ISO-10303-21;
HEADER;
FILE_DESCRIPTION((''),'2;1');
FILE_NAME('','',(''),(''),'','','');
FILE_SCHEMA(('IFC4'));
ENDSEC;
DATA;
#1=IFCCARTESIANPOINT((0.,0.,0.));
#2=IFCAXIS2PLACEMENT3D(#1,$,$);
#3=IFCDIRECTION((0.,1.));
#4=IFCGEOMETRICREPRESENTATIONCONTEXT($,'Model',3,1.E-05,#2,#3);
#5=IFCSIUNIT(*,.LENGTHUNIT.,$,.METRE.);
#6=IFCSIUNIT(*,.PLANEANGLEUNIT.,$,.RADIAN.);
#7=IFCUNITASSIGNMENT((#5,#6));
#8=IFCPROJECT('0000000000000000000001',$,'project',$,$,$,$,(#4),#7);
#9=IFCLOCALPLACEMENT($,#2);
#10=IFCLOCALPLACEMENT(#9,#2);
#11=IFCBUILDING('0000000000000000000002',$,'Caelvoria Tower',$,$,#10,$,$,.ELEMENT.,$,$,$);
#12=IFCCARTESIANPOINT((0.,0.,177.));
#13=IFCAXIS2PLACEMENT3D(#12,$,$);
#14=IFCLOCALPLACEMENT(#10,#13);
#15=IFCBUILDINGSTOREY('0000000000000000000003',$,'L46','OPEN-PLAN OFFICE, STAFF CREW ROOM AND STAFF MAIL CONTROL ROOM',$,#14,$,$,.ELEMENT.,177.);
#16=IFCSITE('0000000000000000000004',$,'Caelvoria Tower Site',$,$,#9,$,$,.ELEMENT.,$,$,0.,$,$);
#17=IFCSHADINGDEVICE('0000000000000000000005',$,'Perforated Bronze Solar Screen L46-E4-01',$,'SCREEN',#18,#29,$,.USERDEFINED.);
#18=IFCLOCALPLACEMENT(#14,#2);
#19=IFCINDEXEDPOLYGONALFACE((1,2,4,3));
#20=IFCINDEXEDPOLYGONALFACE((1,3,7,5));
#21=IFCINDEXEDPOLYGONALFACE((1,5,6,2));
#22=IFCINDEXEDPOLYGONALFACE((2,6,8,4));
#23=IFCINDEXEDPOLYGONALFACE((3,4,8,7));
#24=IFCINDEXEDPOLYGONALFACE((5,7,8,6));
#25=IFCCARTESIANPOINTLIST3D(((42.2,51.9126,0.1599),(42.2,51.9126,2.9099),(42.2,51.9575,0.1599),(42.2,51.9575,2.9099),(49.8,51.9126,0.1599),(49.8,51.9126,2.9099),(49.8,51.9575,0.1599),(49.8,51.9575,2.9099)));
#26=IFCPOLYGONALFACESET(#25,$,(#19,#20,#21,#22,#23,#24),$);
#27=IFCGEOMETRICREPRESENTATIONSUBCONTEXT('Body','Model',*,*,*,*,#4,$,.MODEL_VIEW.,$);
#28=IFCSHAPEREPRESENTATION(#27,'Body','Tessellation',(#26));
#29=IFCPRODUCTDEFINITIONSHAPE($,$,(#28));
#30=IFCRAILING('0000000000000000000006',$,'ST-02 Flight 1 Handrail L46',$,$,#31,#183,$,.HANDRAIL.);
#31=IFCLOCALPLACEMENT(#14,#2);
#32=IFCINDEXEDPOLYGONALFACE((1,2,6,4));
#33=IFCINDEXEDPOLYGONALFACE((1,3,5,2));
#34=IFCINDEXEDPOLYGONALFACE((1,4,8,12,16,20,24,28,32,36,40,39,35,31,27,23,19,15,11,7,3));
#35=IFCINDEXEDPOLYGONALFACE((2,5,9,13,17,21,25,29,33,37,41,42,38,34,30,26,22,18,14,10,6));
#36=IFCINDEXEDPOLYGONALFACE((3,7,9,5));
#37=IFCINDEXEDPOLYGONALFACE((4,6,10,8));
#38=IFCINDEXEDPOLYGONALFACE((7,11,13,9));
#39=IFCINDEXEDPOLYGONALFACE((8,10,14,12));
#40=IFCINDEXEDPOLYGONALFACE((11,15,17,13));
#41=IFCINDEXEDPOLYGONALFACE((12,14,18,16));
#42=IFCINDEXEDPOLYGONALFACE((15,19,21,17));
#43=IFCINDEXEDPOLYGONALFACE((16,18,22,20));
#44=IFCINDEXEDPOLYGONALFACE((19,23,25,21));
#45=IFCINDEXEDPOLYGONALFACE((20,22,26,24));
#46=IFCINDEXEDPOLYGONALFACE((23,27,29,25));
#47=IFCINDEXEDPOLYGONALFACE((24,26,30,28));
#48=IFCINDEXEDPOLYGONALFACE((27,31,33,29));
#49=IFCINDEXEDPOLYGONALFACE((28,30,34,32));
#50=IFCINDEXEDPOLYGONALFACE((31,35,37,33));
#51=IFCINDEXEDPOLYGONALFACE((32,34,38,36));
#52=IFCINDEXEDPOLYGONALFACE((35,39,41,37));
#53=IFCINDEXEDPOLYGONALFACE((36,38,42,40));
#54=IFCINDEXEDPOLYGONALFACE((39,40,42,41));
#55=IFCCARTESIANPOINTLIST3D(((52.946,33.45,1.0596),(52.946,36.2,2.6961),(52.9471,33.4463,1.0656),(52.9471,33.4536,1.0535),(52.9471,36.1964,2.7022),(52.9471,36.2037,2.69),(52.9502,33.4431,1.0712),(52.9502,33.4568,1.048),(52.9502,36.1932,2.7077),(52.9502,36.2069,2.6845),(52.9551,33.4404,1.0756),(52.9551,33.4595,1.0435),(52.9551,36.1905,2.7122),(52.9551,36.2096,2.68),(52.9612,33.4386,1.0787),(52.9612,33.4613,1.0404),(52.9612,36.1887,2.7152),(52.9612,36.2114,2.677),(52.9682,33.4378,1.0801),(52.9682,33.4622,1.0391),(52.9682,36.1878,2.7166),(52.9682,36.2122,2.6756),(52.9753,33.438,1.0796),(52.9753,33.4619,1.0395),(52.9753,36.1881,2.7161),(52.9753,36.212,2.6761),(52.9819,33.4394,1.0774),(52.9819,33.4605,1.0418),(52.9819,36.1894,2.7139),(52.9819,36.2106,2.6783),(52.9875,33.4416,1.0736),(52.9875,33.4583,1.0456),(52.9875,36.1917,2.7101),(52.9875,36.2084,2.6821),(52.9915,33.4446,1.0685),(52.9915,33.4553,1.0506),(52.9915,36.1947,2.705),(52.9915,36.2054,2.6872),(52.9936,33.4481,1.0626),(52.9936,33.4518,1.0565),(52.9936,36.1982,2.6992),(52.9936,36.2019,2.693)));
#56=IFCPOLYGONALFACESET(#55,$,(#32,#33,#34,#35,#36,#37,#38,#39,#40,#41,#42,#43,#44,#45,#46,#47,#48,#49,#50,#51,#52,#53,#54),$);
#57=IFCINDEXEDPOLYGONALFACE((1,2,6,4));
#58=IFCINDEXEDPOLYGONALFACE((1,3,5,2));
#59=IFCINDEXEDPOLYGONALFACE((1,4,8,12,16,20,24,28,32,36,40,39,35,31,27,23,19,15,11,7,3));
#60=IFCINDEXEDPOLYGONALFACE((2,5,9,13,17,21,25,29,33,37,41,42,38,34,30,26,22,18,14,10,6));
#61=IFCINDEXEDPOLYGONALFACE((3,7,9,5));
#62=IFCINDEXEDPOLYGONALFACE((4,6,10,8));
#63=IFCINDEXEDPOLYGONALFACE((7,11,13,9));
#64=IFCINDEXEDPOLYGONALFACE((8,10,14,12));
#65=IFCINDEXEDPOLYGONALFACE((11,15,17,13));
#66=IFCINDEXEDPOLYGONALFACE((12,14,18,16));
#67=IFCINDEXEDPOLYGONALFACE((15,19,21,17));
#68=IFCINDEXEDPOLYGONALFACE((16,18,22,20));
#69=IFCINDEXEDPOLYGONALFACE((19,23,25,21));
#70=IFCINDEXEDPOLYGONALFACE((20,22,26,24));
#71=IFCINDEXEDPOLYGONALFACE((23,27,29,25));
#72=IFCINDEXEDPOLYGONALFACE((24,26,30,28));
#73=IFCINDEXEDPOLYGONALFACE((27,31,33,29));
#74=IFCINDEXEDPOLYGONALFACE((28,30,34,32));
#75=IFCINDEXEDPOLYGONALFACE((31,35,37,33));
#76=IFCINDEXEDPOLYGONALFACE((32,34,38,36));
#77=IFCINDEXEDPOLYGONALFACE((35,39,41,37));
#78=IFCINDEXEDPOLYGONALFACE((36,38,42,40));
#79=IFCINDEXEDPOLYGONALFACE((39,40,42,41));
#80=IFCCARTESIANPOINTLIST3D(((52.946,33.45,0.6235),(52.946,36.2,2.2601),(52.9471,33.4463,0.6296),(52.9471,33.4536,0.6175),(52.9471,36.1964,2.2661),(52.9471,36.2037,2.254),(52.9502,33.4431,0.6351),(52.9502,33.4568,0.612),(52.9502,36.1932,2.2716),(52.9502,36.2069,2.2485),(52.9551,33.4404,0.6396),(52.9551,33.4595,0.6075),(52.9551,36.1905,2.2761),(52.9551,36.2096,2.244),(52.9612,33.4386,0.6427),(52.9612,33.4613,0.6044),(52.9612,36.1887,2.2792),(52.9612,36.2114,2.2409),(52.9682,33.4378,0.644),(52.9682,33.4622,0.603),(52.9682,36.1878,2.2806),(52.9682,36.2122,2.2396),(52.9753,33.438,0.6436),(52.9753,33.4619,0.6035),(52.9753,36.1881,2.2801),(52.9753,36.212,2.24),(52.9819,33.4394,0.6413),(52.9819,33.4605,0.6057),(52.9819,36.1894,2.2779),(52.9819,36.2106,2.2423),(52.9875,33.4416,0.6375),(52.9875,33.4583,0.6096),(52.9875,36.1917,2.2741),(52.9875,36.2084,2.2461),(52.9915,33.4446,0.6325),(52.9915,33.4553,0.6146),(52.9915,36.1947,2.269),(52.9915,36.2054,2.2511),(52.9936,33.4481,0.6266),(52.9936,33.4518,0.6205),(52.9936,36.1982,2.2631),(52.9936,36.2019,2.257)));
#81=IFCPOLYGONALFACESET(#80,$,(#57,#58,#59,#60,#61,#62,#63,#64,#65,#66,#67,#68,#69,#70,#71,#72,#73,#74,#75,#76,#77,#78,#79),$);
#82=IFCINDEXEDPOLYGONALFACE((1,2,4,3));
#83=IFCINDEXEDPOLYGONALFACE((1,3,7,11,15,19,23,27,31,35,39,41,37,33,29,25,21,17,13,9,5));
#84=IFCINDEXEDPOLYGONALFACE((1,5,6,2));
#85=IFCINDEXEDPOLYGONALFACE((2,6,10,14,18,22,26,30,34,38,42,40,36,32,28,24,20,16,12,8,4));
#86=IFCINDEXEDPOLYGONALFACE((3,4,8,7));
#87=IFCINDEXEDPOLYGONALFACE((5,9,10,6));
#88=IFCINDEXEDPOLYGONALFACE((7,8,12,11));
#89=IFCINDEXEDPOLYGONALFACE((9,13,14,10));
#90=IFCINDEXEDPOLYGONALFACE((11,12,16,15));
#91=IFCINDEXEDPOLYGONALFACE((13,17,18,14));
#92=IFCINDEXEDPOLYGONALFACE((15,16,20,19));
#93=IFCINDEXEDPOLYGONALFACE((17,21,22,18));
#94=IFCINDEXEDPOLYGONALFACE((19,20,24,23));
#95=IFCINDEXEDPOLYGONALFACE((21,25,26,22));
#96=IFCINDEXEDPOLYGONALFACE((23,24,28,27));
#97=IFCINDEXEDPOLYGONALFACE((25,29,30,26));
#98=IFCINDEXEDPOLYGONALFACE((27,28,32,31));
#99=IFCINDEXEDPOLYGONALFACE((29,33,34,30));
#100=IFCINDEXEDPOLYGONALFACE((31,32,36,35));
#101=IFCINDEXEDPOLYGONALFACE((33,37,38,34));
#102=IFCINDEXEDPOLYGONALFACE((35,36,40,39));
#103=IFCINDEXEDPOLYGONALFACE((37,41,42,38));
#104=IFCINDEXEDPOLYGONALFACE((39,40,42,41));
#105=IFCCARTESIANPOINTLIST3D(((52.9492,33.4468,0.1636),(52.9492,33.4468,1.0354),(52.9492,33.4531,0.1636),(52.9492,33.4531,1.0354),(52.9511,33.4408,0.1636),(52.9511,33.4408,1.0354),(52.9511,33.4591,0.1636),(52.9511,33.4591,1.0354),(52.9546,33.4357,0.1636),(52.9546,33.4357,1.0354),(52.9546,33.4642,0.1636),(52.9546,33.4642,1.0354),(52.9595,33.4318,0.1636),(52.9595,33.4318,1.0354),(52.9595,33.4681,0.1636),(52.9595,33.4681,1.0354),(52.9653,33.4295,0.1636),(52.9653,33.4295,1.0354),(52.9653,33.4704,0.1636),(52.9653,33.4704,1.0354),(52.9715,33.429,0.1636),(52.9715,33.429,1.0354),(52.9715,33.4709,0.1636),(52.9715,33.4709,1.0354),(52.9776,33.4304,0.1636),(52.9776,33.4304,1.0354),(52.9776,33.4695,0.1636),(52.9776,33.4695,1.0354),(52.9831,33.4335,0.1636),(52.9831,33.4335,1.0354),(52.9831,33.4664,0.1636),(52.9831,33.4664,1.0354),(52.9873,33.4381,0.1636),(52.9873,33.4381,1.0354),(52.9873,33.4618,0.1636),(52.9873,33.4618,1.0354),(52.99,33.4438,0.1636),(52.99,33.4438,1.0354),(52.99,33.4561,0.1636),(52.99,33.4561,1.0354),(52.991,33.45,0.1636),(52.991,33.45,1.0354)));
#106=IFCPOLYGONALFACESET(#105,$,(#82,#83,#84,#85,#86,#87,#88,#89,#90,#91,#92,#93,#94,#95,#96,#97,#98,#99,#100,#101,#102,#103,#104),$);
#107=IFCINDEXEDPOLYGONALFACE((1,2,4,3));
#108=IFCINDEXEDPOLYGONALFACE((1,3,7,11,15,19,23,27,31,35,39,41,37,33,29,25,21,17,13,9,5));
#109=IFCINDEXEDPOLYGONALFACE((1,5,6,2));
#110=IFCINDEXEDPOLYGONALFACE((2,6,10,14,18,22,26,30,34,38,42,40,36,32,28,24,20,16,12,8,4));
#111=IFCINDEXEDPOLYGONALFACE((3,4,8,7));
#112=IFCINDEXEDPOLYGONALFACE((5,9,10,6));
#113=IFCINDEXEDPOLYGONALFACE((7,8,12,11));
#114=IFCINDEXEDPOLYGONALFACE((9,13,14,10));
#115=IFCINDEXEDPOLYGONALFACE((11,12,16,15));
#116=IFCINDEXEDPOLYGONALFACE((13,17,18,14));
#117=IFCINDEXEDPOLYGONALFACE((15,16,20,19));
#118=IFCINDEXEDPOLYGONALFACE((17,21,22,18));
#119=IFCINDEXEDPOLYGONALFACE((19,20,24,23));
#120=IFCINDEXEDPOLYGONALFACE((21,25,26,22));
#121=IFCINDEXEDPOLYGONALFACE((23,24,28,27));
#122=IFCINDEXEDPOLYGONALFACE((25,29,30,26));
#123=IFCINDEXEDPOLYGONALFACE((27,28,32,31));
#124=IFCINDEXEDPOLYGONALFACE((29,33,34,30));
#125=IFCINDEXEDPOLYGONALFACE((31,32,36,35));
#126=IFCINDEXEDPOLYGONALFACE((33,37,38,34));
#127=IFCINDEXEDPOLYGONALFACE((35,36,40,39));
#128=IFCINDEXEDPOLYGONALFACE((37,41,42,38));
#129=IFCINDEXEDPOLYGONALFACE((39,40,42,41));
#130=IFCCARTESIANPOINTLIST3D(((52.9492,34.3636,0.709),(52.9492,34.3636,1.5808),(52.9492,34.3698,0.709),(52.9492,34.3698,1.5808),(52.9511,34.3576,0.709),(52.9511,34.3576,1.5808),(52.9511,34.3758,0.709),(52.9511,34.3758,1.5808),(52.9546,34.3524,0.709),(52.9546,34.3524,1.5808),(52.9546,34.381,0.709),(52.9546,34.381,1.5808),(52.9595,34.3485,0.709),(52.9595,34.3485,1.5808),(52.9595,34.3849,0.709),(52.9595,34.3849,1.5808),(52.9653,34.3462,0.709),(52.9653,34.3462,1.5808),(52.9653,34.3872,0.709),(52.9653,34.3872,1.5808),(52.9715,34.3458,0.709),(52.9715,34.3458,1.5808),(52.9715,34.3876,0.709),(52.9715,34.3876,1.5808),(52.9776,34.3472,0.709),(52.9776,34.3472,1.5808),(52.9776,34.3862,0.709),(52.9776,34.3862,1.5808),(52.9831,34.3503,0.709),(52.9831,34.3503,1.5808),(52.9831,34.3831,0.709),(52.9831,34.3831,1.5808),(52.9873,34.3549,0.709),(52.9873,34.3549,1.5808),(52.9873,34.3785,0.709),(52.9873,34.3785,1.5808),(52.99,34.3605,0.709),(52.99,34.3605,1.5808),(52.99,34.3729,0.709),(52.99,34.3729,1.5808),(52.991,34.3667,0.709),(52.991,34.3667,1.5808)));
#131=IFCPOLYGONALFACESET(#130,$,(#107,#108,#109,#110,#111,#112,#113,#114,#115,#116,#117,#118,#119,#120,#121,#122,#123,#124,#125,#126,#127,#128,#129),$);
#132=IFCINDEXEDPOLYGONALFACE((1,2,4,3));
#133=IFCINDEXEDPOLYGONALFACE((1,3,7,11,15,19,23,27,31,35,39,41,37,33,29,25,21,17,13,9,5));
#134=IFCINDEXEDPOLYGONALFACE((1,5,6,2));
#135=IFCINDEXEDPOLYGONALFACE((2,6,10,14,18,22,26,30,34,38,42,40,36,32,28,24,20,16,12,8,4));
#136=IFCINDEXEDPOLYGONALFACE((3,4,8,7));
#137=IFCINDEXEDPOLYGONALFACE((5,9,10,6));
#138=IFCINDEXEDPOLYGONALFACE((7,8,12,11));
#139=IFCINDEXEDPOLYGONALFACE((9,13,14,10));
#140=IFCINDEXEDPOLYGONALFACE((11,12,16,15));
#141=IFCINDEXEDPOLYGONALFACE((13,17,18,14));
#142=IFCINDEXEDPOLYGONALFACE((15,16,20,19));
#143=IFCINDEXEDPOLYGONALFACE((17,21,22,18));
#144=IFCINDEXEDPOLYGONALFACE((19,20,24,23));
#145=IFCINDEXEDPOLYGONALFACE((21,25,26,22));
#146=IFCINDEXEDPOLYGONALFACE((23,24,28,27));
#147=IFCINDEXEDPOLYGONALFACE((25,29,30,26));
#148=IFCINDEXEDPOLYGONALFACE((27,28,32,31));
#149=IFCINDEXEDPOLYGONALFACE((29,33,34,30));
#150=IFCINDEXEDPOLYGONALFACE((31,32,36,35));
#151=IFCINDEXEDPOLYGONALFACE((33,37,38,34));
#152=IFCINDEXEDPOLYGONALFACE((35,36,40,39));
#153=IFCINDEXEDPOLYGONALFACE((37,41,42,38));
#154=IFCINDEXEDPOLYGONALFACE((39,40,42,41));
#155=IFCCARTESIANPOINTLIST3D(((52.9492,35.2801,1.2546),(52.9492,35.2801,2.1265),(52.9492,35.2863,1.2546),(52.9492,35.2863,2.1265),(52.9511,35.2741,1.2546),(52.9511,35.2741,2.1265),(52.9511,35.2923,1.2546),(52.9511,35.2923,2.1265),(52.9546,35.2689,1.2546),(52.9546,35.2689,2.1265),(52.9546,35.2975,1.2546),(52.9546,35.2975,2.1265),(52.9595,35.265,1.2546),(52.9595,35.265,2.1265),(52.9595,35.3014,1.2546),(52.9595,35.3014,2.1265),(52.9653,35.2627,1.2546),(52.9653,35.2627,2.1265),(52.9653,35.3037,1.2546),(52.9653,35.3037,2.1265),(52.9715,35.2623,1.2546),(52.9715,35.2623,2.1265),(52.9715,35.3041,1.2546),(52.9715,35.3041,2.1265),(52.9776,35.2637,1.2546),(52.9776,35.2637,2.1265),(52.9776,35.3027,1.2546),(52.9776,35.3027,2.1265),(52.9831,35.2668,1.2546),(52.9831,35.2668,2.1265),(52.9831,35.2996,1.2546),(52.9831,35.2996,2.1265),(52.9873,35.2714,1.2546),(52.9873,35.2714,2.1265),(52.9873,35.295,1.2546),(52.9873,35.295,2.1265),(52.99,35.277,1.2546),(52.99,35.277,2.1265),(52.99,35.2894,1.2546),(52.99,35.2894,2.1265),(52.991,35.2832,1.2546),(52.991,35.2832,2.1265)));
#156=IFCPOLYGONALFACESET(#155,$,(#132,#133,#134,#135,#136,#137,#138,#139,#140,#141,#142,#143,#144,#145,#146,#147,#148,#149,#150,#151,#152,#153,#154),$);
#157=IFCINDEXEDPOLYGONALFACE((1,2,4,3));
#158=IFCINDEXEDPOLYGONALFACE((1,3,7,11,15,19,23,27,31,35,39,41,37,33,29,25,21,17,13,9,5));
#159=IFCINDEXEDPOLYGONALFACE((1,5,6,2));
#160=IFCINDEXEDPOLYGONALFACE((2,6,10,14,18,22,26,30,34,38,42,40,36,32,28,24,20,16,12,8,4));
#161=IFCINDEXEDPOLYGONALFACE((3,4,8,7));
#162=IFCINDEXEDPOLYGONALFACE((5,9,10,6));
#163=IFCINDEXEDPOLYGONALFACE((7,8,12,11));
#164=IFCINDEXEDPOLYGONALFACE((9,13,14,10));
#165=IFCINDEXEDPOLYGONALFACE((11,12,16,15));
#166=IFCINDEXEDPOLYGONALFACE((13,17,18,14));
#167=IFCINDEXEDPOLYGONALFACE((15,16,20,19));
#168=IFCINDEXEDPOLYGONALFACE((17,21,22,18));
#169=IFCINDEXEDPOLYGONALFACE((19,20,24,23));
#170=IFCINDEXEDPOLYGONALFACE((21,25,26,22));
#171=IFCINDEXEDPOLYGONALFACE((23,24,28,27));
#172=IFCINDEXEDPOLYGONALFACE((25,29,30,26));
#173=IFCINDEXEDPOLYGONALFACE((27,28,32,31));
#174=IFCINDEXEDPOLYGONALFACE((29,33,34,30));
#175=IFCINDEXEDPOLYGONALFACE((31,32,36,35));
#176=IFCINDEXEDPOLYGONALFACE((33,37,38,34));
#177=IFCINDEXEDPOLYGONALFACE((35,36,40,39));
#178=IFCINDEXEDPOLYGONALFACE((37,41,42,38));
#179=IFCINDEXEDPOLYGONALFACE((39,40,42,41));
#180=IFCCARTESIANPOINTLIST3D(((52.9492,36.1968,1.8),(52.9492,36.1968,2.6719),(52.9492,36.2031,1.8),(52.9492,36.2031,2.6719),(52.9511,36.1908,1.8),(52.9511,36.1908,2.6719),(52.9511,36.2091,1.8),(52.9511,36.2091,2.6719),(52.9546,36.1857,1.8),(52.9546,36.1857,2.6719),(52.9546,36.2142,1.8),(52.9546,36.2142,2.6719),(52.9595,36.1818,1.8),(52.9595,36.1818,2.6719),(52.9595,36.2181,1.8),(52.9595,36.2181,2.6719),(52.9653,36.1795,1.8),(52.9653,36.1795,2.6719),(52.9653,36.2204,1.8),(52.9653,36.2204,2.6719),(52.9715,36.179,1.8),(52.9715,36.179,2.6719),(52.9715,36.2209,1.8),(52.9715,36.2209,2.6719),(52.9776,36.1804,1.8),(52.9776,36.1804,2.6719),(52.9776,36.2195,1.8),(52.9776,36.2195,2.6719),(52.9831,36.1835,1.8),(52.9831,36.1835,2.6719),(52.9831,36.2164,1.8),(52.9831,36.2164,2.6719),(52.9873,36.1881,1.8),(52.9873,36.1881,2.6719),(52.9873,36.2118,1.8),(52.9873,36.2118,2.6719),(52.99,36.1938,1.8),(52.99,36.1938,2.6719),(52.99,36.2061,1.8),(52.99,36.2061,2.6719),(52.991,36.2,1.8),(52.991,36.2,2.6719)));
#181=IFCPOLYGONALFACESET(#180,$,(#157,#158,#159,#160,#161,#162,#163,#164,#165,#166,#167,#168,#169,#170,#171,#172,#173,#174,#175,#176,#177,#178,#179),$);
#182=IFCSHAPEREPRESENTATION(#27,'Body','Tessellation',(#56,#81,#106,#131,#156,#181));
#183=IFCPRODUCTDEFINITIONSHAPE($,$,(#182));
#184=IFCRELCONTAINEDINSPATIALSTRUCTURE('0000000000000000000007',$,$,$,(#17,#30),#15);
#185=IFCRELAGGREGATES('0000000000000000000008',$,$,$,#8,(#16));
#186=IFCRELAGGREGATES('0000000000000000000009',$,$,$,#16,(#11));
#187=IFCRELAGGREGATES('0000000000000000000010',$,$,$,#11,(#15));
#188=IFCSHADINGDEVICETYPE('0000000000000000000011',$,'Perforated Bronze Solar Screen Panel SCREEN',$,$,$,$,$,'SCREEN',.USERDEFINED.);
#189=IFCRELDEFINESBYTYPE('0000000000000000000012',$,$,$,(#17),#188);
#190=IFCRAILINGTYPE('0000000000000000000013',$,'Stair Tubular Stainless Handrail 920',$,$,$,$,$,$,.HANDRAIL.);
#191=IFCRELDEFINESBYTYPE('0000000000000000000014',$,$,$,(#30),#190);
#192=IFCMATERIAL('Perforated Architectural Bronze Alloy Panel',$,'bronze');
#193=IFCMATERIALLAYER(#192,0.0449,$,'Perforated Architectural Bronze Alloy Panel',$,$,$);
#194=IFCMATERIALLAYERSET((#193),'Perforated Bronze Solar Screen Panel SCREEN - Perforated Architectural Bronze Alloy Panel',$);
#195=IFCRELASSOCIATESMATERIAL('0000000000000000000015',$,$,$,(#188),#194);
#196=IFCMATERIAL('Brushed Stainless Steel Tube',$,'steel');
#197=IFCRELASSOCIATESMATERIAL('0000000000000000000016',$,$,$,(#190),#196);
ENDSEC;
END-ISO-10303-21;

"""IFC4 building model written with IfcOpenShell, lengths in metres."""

from ifc_helpers import new_model, si_unit, direction, frame, origin, origin_2d, place, context, subcontext, project, spatial, rectangle, circle, extrude, material, layer, layer_set, type_object, element, save


model = new_model("IFC4")

# Units and contexts
model_context = context("Model", 3, precision=1e-05, world=origin(), true_north=direction((0.0, 1.0)))
body_context = subcontext(model_context, "Body", "Model", "MODEL_VIEW")
ifc_project = project(units=[si_unit("LENGTHUNIT", "METRE"), si_unit("PLANEANGLEUNIT", "RADIAN")], contexts=[model_context])

# Site, building, storey
site_placement = place(None, origin())
site = spatial("IfcSite", under=ifc_project, at=site_placement, Name="Caelvoria Tower Site", CompositionType="ELEMENT", RefElevation=0.0)
building_placement = place(site_placement, origin())
building = spatial("IfcBuilding", under=site, at=building_placement, Name="Caelvoria Tower", CompositionType="ELEMENT")
storey_placement = place(building_placement, frame((0.0, 0.0, 177.0)))
storey = spatial("IfcBuildingStorey", under=building, at=storey_placement, Name="L46", Description="OPEN-PLAN OFFICE, STAFF CREW ROOM AND STAFF MAIL CONTROL ROOM", CompositionType="ELEMENT", Elevation=177.0)

# Shading device
ifc_material_1 = material(Name="Perforated Architectural Bronze Alloy Panel", Category="bronze")
ifc_layer_1 = layer(ifc_material_1, 0.0449, Name="Perforated Architectural Bronze Alloy Panel")
ifc_layer_set_1 = layer_set([ifc_layer_1], Name="Perforated Bronze Solar Screen Panel SCREEN - Perforated Architectural Bronze Alloy Panel")
shading_device_type = type_object("IfcShadingDeviceType", Name="Perforated Bronze Solar Screen Panel SCREEN", ElementType="SCREEN", PredefinedType="USERDEFINED", material=ifc_layer_set_1)
shading_device_placement = place(storey_placement, frame((46.0, 51.9351, 0.1599), z_axis=(0.0, 0.0, 1.0), x_axis=(-1.0, 0.0, 0.0)))
element("IfcShadingDevice", 1, at=shading_device_placement, inside=storey, type_object=shading_device_type, Name="Perforated Bronze Solar Screen L46-E4-01", ObjectType="SCREEN", PredefinedType="USERDEFINED", context=body_context, shape_type="SweptSolid", body=[
    extrude(rectangle(XDim=7.6001, YDim=0.0449, at=origin_2d()), origin(), (0.0, 0.0, 1.0), 2.75),
])

# Railing
ifc_material_2 = material(Name="Brushed Stainless Steel Tube", Category="steel")
railing_type_1 = type_object("IfcRailingType", Name="Stair Tubular Stainless Handrail 920", PredefinedType="HANDRAIL", material=ifc_material_2)
railing_1_placement = place(storey_placement, frame((52.97, 33.45, 0.1636)))
element("IfcRailing", 2, at=railing_1_placement, inside=storey, type_object=railing_type_1, Name="ST-02 Flight 1 Handrail L46", PredefinedType="HANDRAIL", context=body_context, shape_type="SweptSolid", body=[
    extrude(circle(Radius=0.0239, at=origin_2d()), frame((0.0, 0.0, 0.896), z_axis=(0.0, 0.859352, 0.511385), x_axis=(-1.0, 0.0, 0.0)), (0.0, 0.0, 1.0), 3.2002),
    extrude(circle(Radius=0.0239, at=origin_2d()), frame((0.0, 0.0, 0.46), z_axis=(0.0, 0.859352, 0.511385), x_axis=(-1.0, 0.0, 0.0)), (0.0, 0.0, 1.0), 3.2002),
    extrude(circle(Radius=0.021, at=origin_2d()), origin(), (0.0, 0.0, 1.0), 0.8718),
    extrude(circle(Radius=0.021, at=origin_2d()), frame((0.0, 0.9167, 0.5454)), (0.0, 0.0, 1.0), 0.8718),
    extrude(circle(Radius=0.021, at=origin_2d()), frame((0.0, 1.8333, 1.0911)), (0.0, 0.0, 1.0), 0.8718),
    extrude(circle(Radius=0.021, at=origin_2d()), frame((0.0, 2.75, 1.6365)), (0.0, 0.0, 1.0), 0.8718),
])

save(model, "model.ifc")
